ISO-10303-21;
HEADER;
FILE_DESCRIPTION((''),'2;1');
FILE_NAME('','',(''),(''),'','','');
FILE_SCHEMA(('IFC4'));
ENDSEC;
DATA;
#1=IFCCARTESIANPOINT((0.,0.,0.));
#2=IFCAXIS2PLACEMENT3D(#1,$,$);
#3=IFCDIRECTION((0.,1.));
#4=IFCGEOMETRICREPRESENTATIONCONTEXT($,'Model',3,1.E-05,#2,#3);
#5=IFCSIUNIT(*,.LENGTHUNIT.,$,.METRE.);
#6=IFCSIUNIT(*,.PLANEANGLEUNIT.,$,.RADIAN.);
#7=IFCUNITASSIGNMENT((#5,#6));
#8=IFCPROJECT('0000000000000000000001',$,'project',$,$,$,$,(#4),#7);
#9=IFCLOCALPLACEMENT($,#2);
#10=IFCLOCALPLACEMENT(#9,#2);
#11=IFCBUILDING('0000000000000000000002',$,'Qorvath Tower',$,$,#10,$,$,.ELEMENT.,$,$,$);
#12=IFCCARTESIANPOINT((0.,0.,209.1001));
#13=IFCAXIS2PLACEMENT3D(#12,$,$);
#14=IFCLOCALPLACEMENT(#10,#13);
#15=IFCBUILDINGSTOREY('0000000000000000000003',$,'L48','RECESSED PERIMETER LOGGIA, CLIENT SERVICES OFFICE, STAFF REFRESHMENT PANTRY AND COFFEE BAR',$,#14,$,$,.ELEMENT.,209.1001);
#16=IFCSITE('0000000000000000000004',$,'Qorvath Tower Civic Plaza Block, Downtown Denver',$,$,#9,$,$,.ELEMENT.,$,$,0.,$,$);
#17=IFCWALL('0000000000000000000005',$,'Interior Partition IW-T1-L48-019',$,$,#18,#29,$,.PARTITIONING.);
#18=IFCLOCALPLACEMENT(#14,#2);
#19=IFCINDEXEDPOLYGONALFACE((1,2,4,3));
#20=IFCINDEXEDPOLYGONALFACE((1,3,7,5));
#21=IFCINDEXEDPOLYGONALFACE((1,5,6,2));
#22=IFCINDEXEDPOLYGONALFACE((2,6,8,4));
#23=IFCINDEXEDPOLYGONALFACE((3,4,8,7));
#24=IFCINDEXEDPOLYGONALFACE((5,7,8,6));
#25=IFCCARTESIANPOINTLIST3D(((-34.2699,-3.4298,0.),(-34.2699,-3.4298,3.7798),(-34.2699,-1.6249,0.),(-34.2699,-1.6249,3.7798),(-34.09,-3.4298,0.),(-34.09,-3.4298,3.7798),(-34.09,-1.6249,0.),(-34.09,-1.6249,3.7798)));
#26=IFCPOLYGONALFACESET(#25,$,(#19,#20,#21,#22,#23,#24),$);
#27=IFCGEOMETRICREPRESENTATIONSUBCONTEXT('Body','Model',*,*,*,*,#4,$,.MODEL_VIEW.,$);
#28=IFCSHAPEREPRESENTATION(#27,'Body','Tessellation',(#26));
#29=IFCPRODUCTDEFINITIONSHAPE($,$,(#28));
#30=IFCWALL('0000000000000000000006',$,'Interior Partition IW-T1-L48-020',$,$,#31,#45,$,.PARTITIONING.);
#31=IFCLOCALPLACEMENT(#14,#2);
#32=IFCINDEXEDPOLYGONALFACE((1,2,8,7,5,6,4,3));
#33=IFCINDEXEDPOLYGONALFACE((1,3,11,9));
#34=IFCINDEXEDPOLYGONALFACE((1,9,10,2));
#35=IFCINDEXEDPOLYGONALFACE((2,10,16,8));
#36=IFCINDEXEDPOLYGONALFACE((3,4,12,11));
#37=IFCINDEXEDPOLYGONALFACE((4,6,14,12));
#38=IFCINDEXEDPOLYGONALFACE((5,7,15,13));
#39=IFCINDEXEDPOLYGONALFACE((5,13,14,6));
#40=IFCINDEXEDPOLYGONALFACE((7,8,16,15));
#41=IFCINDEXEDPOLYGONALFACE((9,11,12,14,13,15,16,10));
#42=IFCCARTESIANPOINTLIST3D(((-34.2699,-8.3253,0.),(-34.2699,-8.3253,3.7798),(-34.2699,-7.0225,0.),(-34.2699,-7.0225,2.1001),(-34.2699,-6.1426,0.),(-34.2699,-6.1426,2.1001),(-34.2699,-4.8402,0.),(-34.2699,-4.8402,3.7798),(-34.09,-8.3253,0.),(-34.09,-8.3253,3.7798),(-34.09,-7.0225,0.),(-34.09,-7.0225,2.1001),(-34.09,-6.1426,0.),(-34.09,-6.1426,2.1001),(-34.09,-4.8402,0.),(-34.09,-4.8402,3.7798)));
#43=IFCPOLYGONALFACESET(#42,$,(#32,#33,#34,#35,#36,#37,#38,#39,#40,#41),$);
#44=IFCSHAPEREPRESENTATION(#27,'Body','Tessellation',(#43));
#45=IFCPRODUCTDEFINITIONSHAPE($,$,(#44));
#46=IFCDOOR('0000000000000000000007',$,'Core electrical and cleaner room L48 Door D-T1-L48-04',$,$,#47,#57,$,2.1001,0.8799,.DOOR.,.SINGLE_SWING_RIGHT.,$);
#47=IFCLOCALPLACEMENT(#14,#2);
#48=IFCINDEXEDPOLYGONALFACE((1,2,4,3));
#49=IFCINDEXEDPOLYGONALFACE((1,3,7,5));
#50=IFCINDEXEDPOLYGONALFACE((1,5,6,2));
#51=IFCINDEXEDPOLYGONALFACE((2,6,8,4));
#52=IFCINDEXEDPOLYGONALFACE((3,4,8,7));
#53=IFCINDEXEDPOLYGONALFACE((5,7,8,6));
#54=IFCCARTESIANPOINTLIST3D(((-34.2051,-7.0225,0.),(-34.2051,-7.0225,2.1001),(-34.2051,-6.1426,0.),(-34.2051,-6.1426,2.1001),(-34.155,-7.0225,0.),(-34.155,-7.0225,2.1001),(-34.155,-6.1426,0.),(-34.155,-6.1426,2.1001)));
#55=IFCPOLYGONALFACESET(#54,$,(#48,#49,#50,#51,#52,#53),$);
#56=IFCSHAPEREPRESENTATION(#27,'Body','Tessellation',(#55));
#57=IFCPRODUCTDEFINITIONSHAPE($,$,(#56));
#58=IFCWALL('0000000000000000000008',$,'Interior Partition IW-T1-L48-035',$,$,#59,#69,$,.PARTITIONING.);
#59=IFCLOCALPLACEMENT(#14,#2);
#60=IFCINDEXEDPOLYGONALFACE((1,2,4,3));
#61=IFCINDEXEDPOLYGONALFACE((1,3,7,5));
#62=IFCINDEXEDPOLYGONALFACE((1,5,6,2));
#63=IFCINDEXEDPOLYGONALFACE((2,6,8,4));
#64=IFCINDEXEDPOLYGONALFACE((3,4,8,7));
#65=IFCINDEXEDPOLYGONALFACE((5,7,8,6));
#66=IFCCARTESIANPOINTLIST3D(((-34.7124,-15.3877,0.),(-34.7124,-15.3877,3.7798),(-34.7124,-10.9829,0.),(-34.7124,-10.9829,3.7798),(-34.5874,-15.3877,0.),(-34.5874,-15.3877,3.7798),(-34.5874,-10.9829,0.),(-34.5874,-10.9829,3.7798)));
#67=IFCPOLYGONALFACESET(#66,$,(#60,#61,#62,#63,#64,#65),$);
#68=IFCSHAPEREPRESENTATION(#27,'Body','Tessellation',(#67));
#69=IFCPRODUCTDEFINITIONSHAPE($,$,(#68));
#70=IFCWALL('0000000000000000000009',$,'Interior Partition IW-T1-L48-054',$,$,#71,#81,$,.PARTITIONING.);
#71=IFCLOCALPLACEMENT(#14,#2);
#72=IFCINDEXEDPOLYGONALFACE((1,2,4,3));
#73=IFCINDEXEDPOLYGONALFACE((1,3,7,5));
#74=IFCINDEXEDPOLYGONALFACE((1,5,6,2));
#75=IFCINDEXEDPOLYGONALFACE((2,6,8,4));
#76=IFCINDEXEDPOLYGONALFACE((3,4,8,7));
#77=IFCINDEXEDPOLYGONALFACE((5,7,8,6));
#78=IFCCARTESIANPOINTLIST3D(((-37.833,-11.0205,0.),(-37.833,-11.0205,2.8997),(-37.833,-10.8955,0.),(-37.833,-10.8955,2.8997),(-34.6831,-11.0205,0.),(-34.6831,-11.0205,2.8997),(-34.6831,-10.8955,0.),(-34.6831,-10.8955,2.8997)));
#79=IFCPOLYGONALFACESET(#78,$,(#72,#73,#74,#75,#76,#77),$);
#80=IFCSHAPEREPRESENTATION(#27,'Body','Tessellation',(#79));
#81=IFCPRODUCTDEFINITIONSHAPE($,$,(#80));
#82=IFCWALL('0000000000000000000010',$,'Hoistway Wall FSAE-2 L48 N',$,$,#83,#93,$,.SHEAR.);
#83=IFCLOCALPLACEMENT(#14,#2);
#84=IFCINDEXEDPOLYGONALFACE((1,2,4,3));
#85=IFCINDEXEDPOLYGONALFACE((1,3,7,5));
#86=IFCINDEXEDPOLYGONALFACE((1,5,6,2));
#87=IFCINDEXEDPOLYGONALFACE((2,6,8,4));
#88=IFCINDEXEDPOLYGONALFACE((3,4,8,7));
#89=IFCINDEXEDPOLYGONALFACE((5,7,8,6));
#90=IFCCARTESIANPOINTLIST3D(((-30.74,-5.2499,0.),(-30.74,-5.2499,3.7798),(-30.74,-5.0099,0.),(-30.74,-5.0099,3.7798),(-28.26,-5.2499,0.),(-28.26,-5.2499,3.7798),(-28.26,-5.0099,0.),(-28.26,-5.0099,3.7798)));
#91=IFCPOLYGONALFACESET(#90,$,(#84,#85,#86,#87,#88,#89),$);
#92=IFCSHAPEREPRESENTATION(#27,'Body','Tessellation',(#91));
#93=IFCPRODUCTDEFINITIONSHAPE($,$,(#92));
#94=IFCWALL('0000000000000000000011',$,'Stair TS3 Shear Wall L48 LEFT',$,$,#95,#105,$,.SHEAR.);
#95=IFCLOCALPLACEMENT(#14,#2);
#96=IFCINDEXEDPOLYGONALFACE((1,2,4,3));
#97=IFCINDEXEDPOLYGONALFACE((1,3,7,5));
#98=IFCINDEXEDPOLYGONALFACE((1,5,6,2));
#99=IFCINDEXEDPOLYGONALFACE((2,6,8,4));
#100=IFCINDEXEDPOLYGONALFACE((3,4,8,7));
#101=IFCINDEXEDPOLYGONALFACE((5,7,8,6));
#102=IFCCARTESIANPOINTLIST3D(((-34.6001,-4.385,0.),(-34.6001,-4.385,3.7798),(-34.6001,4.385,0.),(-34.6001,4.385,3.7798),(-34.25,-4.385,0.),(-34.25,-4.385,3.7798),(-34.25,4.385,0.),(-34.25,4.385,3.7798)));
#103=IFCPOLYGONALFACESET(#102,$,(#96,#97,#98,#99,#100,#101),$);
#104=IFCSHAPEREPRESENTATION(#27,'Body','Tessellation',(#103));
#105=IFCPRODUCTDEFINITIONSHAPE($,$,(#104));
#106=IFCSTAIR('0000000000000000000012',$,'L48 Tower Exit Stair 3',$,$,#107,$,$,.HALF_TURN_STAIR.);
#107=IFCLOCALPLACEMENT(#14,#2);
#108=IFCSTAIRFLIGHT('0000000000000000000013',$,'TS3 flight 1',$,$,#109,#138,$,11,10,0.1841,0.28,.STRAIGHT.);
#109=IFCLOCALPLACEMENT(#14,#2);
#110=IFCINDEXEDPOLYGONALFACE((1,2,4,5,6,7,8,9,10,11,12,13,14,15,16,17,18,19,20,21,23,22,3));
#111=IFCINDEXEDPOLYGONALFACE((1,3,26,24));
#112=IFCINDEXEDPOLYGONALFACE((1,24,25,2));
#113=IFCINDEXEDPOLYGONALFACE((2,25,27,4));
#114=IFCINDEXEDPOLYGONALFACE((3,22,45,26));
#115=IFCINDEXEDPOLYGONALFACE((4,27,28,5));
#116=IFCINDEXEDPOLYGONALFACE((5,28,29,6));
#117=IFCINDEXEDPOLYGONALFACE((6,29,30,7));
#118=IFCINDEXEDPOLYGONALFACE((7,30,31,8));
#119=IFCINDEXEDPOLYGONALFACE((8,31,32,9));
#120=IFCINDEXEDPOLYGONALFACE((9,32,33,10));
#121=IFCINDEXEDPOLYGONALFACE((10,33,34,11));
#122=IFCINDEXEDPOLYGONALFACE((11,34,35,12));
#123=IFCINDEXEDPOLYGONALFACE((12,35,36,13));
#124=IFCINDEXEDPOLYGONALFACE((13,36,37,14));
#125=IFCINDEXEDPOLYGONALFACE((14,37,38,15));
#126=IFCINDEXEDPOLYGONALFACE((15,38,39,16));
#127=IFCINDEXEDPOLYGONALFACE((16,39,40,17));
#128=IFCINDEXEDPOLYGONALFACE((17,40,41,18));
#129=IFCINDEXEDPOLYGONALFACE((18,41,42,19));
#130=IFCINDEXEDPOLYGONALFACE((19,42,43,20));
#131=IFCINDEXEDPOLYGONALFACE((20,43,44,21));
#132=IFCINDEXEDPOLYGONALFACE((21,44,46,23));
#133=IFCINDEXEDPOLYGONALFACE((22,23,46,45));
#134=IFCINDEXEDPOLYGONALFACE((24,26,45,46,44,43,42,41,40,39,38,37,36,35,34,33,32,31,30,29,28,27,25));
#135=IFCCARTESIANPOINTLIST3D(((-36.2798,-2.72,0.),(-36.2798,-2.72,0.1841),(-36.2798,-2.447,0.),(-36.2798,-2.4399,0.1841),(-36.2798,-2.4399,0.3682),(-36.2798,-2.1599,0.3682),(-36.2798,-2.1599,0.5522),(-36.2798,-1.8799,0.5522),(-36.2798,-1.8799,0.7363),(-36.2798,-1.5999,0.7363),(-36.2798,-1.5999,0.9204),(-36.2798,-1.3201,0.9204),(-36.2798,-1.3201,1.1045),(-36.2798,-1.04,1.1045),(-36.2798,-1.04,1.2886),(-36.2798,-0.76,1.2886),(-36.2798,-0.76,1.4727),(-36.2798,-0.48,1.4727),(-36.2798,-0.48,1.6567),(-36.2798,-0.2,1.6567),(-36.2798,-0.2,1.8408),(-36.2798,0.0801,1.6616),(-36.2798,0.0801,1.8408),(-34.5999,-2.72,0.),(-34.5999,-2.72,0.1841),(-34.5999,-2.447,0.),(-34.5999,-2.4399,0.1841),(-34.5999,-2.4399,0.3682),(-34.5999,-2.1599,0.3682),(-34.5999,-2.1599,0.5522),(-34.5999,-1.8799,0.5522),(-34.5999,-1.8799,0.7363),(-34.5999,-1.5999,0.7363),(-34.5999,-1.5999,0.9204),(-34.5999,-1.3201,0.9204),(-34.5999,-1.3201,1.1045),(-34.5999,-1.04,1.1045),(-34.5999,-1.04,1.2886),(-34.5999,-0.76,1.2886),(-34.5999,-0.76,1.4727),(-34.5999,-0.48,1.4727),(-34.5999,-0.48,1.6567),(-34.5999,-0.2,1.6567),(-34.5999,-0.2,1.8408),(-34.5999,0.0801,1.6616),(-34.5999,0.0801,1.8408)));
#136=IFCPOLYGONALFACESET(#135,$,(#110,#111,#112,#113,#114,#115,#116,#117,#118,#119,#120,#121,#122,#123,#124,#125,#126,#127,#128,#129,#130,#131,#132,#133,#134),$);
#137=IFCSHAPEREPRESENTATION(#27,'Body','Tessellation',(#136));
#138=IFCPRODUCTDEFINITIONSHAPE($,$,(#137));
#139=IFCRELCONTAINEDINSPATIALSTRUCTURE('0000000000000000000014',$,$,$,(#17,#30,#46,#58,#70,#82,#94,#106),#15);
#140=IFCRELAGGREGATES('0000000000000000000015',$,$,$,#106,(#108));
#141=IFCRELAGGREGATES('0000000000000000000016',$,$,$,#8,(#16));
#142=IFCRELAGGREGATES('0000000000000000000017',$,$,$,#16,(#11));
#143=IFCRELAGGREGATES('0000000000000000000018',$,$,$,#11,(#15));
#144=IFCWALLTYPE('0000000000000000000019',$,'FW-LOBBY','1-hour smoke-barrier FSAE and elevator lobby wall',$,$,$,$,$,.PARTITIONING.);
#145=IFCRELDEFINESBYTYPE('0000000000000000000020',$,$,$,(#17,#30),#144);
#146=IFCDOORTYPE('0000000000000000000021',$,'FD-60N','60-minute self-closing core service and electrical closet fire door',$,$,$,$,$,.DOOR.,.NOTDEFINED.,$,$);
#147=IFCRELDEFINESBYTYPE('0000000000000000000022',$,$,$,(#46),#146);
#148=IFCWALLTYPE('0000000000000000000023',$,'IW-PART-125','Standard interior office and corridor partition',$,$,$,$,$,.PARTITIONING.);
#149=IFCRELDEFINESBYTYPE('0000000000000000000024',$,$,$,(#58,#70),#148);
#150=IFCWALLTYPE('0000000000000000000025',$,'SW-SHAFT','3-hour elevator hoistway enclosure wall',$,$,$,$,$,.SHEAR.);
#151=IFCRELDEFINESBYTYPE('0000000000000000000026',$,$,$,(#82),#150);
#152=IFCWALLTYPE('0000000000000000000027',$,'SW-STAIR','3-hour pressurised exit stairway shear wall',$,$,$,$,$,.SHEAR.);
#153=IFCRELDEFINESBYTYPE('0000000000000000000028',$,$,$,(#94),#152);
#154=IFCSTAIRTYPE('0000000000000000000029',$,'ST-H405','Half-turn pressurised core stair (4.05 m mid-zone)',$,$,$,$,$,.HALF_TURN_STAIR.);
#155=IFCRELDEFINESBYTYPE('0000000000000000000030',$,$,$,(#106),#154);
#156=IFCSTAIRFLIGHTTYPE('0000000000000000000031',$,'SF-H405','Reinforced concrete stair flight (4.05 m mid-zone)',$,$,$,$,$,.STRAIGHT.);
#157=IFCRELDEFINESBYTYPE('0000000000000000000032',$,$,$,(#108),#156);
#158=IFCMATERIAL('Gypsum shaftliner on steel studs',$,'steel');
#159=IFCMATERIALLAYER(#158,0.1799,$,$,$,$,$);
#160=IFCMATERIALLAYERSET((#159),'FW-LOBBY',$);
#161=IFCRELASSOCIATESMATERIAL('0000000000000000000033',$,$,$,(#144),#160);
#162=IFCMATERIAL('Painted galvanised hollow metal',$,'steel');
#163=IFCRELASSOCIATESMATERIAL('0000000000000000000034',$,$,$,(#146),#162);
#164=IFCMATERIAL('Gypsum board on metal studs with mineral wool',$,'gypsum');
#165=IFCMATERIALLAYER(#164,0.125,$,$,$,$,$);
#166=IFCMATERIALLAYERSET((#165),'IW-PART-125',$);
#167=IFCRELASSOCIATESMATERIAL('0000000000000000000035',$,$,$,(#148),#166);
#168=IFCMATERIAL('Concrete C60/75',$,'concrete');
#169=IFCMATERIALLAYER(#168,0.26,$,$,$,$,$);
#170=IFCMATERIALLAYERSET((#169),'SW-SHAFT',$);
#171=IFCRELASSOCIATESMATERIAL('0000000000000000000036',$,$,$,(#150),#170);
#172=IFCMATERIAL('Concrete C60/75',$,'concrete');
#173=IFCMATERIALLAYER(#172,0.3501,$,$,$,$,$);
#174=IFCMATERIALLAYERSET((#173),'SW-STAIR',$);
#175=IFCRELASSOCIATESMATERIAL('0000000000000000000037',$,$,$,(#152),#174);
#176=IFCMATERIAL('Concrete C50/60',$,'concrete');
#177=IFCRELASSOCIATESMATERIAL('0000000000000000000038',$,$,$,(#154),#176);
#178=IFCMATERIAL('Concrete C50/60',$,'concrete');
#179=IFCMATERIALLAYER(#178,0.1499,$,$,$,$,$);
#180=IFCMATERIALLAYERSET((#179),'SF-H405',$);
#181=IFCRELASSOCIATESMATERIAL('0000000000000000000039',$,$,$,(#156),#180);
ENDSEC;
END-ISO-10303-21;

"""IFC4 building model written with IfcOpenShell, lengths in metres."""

from ifc_helpers import new_model, si_unit, direction, frame, frame_2d, origin, place, context, subcontext, project, spatial, polyline, rectangle, outline, extrude, material, layer, layer_set, type_object, element, fill, aggregate, save


model = new_model("IFC4")

# Units and contexts
model_context = context("Model", 3, precision=1e-05, world=origin(), true_north=direction((0.0, 1.0)))
body_context = subcontext(model_context, "Body", "Model", "MODEL_VIEW")
ifc_project = project(units=[si_unit("LENGTHUNIT", "METRE"), si_unit("PLANEANGLEUNIT", "RADIAN")], contexts=[model_context])

# Site, building, storey
site_placement = place(None, origin())
site = spatial("IfcSite", under=ifc_project, at=site_placement, Name="Qorvath Tower Civic Plaza Block, Downtown Denver", CompositionType="ELEMENT", RefElevation=0.0)
building_placement = place(site_placement, origin())
building = spatial("IfcBuilding", under=site, at=building_placement, Name="Qorvath Tower", CompositionType="ELEMENT")
storey_placement = place(building_placement, frame((0.0, 0.0, 209.1001)))
storey = spatial("IfcBuildingStorey", under=building, at=storey_placement, Name="L48", Description="RECESSED PERIMETER LOGGIA, CLIENT SERVICES OFFICE, STAFF REFRESHMENT PANTRY AND COFFEE BAR", CompositionType="ELEMENT", Elevation=209.1001)

# Wall
ifc_material_1 = material(Name="Gypsum shaftliner on steel studs", Category="steel")
ifc_layer_1 = layer(ifc_material_1, 0.1799)
ifc_layer_set_1 = layer_set([ifc_layer_1], Name="FW-LOBBY")
wall_type_1 = type_object("IfcWallType", Name="FW-LOBBY", Description="1-hour smoke-barrier FSAE and elevator lobby wall", PredefinedType="PARTITIONING", material=ifc_layer_set_1)
wall_1_placement = place(storey_placement, frame((-34.1799, -1.625, 0.0), z_axis=(0.0, 0.0, 1.0), x_axis=(0.0, -1.0, 0.0)))
element("IfcWall", 1, at=wall_1_placement, inside=storey, type_object=wall_type_1, Name="Interior Partition IW-T1-L48-019", PredefinedType="PARTITIONING", context=body_context, shape_type="SweptSolid", body=[
    extrude(rectangle(XDim=1.8049, YDim=0.1799, at=frame_2d((0.9023, 0.0))), origin(), (0.0, 0.0, 1.0), 3.7798),
])

# Wall, opening, door
wall_2_placement = place(storey_placement, frame((-34.1799, -4.8401, 0.0), z_axis=(0.0, 0.0, 1.0), x_axis=(0.0, -1.0, 0.0)))
wall_2 = element("IfcWall", 2, at=wall_2_placement, inside=storey, type_object=wall_type_1, Name="Interior Partition IW-T1-L48-020", PredefinedType="PARTITIONING", context=body_context, shape_type="SweptSolid", body=[
    extrude(rectangle(XDim=3.4851, YDim=0.1799, at=frame_2d((1.7427, 0.0))), origin(), (0.0, 0.0, 1.0), 3.7798),
])
opening_placement = place(wall_2_placement, frame((1.3025, 0.0, 0.0)))
opening = element("IfcOpeningElement", 3, at=opening_placement, cuts=wall_2, PredefinedType="OPENING", context=body_context, shape_type="SweptSolid", body=[
    extrude(rectangle(XDim=0.8799, YDim=2.1001, at=frame_2d((0.4399, 1.05))), frame((0.0, 0.1001, 0.0), z_axis=(0.0, -1.0, 0.0), x_axis=(1.0, 0.0, 0.0)), (0.0, 0.0, 1.0), 0.2),
])
ifc_material_2 = material(Name="Painted galvanised hollow metal", Category="steel")
door_type = type_object("IfcDoorType", Name="FD-60N", Description="60-minute self-closing core service and electrical closet fire door", OperationType="NOTDEFINED", PredefinedType="DOOR", material=ifc_material_2)
door_placement = place(opening_placement, origin())
door = element("IfcDoor", 4, at=door_placement, inside=storey, type_object=door_type, Name="Core electrical and cleaner room L48 Door D-T1-L48-04", OperationType="SINGLE_SWING_RIGHT", OverallHeight=2.1001, OverallWidth=0.8799, PredefinedType="DOOR", context=body_context, shape_type="SweptSolid", body=[
    extrude(rectangle(XDim=0.8799, YDim=2.1001, at=frame_2d((0.4399, 1.05))), frame((0.0, 0.0249, 0.0), z_axis=(0.0, -1.0, 0.0), x_axis=(1.0, 0.0, 0.0)), (0.0, 0.0, 1.0), 0.05),
])
fill(opening, door)

# Walls
ifc_material_3 = material(Name="Gypsum board on metal studs with mineral wool", Category="gypsum")
ifc_layer_2 = layer(ifc_material_3, 0.125)
ifc_layer_set_2 = layer_set([ifc_layer_2], Name="IW-PART-125")
wall_type_2 = type_object("IfcWallType", Name="IW-PART-125", Description="Standard interior office and corridor partition", PredefinedType="PARTITIONING", material=ifc_layer_set_2)
wall_3_placement = place(storey_placement, frame((-34.6499, -10.9829, 0.0), z_axis=(0.0, 0.0, 1.0), x_axis=(0.0, -1.0, 0.0)))
element("IfcWall", 5, at=wall_3_placement, inside=storey, type_object=wall_type_2, Name="Interior Partition IW-T1-L48-035", PredefinedType="PARTITIONING", context=body_context, shape_type="SweptSolid", body=[
    extrude(rectangle(XDim=4.4048, YDim=0.125, at=frame_2d((2.2024, 0.0))), origin(), (0.0, 0.0, 1.0), 3.7798),
])
wall_4_placement = place(storey_placement, frame((-37.833, -10.958, 0.0), z_axis=(0.0, 0.0, 1.0), x_axis=(1.0, 0.0, 0.0)))
element("IfcWall", 6, at=wall_4_placement, inside=storey, type_object=wall_type_2, Name="Interior Partition IW-T1-L48-054", PredefinedType="PARTITIONING", context=body_context, shape_type="SweptSolid", body=[
    extrude(rectangle(XDim=3.1499, YDim=0.125, at=frame_2d((1.575, 0.0))), origin(), (0.0, 0.0, 1.0), 2.8997),
])
ifc_material_4 = material(Name="Concrete C60/75", Category="concrete")
ifc_layer_3 = layer(ifc_material_4, 0.26)
ifc_layer_set_3 = layer_set([ifc_layer_3], Name="SW-SHAFT")
wall_type_3 = type_object("IfcWallType", Name="SW-SHAFT", Description="3-hour elevator hoistway enclosure wall", PredefinedType="SHEAR", material=ifc_layer_set_3)
wall_5_placement = place(storey_placement, frame((-30.74, -5.1299, 0.0), z_axis=(0.0, 0.0, 1.0), x_axis=(1.0, 0.0, 0.0)))
element("IfcWall", 7, at=wall_5_placement, inside=storey, type_object=wall_type_3, Name="Hoistway Wall FSAE-2 L48 N", PredefinedType="SHEAR", context=body_context, shape_type="SweptSolid", body=[
    extrude(rectangle(XDim=2.48, YDim=0.24, at=frame_2d((1.24, 0.0))), origin(), (0.0, 0.0, 1.0), 3.7798),
])
ifc_material_5 = material(Name="Concrete C60/75", Category="concrete")
ifc_layer_4 = layer(ifc_material_5, 0.3501)
ifc_layer_set_4 = layer_set([ifc_layer_4], Name="SW-STAIR")
wall_type_4 = type_object("IfcWallType", Name="SW-STAIR", Description="3-hour pressurised exit stairway shear wall", PredefinedType="SHEAR", material=ifc_layer_set_4)
wall_6_placement = place(storey_placement, frame((-34.425, -4.385, 0.0), z_axis=(0.0, 0.0, 1.0), x_axis=(0.0, 1.0, 0.0)))
element("IfcWall", 8, at=wall_6_placement, inside=storey, type_object=wall_type_4, Name="Stair TS3 Shear Wall L48 LEFT", PredefinedType="SHEAR", context=body_context, shape_type="SweptSolid", body=[
    extrude(rectangle(XDim=8.77, YDim=0.3501, at=frame_2d((4.385, 0.0))), origin(), (0.0, 0.0, 1.0), 3.7798),
])

# Stair, stair flight
ifc_material_6 = material(Name="Concrete C50/60", Category="concrete")
stair_type = type_object("IfcStairType", Name="ST-H405", Description="Half-turn pressurised core stair (4.05 m mid-zone)", PredefinedType="HALF_TURN_STAIR", material=ifc_material_6)
stair_placement = place(storey_placement, origin())
stair = element("IfcStair", 9, at=stair_placement, inside=storey, type_object=stair_type, Name="L48 Tower Exit Stair 3", PredefinedType="HALF_TURN_STAIR")
ifc_material_7 = material(Name="Concrete C50/60", Category="concrete")
ifc_layer_5 = layer(ifc_material_7, 0.1499)
ifc_layer_set_5 = layer_set([ifc_layer_5], Name="SF-H405")
stair_flight_type = type_object("IfcStairFlightType", Name="SF-H405", Description="Reinforced concrete stair flight (4.05 m mid-zone)", PredefinedType="STRAIGHT", material=ifc_layer_set_5)
stair_flight_placement = place(storey_placement, frame((-35.4399, -2.72, 0.0), z_axis=(0.0, 0.0, 1.0), x_axis=(0.0, 1.0, 0.0)))
stair_flight = element("IfcStairFlight", 10, at=stair_flight_placement, type_object=stair_flight_type, Name="TS3 flight 1", NumberOfRisers=11, NumberOfTreads=10, PredefinedType="STRAIGHT", RiserHeight=0.1841, TreadLength=0.28, context=body_context, shape_type="SweptSolid", body=[
    extrude(outline(polyline([(0.0, 0.0), (0.0, 0.1841), (0.28, 0.1841), (0.28, 0.3682), (0.5601, 0.3682), (0.5601, 0.5522), (0.8401, 0.5522), (0.8401, 0.7363), (1.1201, 0.7363), (1.1201, 0.9204), (1.3999, 0.9204), (1.3999, 1.1045), (1.6799, 1.1045), (1.6799, 1.2886), (1.96, 1.2886), (1.96, 1.4727), (2.24, 1.4727), (2.24, 1.6567), (2.52, 1.6567), (2.52, 1.8408), (2.8, 1.8408), (2.8, 2.0249), (2.8, 1.6616), (0.2729, 0.0), (0.0, 0.0)])), frame((0.0, 0.8398, 0.0), z_axis=(0.0, -1.0, 0.0), x_axis=(1.0, 0.0, 0.0)), (0.0, 0.0, 1.0), 1.6799),
])
aggregate(stair, [stair_flight])

save(model, "model.ifc")
